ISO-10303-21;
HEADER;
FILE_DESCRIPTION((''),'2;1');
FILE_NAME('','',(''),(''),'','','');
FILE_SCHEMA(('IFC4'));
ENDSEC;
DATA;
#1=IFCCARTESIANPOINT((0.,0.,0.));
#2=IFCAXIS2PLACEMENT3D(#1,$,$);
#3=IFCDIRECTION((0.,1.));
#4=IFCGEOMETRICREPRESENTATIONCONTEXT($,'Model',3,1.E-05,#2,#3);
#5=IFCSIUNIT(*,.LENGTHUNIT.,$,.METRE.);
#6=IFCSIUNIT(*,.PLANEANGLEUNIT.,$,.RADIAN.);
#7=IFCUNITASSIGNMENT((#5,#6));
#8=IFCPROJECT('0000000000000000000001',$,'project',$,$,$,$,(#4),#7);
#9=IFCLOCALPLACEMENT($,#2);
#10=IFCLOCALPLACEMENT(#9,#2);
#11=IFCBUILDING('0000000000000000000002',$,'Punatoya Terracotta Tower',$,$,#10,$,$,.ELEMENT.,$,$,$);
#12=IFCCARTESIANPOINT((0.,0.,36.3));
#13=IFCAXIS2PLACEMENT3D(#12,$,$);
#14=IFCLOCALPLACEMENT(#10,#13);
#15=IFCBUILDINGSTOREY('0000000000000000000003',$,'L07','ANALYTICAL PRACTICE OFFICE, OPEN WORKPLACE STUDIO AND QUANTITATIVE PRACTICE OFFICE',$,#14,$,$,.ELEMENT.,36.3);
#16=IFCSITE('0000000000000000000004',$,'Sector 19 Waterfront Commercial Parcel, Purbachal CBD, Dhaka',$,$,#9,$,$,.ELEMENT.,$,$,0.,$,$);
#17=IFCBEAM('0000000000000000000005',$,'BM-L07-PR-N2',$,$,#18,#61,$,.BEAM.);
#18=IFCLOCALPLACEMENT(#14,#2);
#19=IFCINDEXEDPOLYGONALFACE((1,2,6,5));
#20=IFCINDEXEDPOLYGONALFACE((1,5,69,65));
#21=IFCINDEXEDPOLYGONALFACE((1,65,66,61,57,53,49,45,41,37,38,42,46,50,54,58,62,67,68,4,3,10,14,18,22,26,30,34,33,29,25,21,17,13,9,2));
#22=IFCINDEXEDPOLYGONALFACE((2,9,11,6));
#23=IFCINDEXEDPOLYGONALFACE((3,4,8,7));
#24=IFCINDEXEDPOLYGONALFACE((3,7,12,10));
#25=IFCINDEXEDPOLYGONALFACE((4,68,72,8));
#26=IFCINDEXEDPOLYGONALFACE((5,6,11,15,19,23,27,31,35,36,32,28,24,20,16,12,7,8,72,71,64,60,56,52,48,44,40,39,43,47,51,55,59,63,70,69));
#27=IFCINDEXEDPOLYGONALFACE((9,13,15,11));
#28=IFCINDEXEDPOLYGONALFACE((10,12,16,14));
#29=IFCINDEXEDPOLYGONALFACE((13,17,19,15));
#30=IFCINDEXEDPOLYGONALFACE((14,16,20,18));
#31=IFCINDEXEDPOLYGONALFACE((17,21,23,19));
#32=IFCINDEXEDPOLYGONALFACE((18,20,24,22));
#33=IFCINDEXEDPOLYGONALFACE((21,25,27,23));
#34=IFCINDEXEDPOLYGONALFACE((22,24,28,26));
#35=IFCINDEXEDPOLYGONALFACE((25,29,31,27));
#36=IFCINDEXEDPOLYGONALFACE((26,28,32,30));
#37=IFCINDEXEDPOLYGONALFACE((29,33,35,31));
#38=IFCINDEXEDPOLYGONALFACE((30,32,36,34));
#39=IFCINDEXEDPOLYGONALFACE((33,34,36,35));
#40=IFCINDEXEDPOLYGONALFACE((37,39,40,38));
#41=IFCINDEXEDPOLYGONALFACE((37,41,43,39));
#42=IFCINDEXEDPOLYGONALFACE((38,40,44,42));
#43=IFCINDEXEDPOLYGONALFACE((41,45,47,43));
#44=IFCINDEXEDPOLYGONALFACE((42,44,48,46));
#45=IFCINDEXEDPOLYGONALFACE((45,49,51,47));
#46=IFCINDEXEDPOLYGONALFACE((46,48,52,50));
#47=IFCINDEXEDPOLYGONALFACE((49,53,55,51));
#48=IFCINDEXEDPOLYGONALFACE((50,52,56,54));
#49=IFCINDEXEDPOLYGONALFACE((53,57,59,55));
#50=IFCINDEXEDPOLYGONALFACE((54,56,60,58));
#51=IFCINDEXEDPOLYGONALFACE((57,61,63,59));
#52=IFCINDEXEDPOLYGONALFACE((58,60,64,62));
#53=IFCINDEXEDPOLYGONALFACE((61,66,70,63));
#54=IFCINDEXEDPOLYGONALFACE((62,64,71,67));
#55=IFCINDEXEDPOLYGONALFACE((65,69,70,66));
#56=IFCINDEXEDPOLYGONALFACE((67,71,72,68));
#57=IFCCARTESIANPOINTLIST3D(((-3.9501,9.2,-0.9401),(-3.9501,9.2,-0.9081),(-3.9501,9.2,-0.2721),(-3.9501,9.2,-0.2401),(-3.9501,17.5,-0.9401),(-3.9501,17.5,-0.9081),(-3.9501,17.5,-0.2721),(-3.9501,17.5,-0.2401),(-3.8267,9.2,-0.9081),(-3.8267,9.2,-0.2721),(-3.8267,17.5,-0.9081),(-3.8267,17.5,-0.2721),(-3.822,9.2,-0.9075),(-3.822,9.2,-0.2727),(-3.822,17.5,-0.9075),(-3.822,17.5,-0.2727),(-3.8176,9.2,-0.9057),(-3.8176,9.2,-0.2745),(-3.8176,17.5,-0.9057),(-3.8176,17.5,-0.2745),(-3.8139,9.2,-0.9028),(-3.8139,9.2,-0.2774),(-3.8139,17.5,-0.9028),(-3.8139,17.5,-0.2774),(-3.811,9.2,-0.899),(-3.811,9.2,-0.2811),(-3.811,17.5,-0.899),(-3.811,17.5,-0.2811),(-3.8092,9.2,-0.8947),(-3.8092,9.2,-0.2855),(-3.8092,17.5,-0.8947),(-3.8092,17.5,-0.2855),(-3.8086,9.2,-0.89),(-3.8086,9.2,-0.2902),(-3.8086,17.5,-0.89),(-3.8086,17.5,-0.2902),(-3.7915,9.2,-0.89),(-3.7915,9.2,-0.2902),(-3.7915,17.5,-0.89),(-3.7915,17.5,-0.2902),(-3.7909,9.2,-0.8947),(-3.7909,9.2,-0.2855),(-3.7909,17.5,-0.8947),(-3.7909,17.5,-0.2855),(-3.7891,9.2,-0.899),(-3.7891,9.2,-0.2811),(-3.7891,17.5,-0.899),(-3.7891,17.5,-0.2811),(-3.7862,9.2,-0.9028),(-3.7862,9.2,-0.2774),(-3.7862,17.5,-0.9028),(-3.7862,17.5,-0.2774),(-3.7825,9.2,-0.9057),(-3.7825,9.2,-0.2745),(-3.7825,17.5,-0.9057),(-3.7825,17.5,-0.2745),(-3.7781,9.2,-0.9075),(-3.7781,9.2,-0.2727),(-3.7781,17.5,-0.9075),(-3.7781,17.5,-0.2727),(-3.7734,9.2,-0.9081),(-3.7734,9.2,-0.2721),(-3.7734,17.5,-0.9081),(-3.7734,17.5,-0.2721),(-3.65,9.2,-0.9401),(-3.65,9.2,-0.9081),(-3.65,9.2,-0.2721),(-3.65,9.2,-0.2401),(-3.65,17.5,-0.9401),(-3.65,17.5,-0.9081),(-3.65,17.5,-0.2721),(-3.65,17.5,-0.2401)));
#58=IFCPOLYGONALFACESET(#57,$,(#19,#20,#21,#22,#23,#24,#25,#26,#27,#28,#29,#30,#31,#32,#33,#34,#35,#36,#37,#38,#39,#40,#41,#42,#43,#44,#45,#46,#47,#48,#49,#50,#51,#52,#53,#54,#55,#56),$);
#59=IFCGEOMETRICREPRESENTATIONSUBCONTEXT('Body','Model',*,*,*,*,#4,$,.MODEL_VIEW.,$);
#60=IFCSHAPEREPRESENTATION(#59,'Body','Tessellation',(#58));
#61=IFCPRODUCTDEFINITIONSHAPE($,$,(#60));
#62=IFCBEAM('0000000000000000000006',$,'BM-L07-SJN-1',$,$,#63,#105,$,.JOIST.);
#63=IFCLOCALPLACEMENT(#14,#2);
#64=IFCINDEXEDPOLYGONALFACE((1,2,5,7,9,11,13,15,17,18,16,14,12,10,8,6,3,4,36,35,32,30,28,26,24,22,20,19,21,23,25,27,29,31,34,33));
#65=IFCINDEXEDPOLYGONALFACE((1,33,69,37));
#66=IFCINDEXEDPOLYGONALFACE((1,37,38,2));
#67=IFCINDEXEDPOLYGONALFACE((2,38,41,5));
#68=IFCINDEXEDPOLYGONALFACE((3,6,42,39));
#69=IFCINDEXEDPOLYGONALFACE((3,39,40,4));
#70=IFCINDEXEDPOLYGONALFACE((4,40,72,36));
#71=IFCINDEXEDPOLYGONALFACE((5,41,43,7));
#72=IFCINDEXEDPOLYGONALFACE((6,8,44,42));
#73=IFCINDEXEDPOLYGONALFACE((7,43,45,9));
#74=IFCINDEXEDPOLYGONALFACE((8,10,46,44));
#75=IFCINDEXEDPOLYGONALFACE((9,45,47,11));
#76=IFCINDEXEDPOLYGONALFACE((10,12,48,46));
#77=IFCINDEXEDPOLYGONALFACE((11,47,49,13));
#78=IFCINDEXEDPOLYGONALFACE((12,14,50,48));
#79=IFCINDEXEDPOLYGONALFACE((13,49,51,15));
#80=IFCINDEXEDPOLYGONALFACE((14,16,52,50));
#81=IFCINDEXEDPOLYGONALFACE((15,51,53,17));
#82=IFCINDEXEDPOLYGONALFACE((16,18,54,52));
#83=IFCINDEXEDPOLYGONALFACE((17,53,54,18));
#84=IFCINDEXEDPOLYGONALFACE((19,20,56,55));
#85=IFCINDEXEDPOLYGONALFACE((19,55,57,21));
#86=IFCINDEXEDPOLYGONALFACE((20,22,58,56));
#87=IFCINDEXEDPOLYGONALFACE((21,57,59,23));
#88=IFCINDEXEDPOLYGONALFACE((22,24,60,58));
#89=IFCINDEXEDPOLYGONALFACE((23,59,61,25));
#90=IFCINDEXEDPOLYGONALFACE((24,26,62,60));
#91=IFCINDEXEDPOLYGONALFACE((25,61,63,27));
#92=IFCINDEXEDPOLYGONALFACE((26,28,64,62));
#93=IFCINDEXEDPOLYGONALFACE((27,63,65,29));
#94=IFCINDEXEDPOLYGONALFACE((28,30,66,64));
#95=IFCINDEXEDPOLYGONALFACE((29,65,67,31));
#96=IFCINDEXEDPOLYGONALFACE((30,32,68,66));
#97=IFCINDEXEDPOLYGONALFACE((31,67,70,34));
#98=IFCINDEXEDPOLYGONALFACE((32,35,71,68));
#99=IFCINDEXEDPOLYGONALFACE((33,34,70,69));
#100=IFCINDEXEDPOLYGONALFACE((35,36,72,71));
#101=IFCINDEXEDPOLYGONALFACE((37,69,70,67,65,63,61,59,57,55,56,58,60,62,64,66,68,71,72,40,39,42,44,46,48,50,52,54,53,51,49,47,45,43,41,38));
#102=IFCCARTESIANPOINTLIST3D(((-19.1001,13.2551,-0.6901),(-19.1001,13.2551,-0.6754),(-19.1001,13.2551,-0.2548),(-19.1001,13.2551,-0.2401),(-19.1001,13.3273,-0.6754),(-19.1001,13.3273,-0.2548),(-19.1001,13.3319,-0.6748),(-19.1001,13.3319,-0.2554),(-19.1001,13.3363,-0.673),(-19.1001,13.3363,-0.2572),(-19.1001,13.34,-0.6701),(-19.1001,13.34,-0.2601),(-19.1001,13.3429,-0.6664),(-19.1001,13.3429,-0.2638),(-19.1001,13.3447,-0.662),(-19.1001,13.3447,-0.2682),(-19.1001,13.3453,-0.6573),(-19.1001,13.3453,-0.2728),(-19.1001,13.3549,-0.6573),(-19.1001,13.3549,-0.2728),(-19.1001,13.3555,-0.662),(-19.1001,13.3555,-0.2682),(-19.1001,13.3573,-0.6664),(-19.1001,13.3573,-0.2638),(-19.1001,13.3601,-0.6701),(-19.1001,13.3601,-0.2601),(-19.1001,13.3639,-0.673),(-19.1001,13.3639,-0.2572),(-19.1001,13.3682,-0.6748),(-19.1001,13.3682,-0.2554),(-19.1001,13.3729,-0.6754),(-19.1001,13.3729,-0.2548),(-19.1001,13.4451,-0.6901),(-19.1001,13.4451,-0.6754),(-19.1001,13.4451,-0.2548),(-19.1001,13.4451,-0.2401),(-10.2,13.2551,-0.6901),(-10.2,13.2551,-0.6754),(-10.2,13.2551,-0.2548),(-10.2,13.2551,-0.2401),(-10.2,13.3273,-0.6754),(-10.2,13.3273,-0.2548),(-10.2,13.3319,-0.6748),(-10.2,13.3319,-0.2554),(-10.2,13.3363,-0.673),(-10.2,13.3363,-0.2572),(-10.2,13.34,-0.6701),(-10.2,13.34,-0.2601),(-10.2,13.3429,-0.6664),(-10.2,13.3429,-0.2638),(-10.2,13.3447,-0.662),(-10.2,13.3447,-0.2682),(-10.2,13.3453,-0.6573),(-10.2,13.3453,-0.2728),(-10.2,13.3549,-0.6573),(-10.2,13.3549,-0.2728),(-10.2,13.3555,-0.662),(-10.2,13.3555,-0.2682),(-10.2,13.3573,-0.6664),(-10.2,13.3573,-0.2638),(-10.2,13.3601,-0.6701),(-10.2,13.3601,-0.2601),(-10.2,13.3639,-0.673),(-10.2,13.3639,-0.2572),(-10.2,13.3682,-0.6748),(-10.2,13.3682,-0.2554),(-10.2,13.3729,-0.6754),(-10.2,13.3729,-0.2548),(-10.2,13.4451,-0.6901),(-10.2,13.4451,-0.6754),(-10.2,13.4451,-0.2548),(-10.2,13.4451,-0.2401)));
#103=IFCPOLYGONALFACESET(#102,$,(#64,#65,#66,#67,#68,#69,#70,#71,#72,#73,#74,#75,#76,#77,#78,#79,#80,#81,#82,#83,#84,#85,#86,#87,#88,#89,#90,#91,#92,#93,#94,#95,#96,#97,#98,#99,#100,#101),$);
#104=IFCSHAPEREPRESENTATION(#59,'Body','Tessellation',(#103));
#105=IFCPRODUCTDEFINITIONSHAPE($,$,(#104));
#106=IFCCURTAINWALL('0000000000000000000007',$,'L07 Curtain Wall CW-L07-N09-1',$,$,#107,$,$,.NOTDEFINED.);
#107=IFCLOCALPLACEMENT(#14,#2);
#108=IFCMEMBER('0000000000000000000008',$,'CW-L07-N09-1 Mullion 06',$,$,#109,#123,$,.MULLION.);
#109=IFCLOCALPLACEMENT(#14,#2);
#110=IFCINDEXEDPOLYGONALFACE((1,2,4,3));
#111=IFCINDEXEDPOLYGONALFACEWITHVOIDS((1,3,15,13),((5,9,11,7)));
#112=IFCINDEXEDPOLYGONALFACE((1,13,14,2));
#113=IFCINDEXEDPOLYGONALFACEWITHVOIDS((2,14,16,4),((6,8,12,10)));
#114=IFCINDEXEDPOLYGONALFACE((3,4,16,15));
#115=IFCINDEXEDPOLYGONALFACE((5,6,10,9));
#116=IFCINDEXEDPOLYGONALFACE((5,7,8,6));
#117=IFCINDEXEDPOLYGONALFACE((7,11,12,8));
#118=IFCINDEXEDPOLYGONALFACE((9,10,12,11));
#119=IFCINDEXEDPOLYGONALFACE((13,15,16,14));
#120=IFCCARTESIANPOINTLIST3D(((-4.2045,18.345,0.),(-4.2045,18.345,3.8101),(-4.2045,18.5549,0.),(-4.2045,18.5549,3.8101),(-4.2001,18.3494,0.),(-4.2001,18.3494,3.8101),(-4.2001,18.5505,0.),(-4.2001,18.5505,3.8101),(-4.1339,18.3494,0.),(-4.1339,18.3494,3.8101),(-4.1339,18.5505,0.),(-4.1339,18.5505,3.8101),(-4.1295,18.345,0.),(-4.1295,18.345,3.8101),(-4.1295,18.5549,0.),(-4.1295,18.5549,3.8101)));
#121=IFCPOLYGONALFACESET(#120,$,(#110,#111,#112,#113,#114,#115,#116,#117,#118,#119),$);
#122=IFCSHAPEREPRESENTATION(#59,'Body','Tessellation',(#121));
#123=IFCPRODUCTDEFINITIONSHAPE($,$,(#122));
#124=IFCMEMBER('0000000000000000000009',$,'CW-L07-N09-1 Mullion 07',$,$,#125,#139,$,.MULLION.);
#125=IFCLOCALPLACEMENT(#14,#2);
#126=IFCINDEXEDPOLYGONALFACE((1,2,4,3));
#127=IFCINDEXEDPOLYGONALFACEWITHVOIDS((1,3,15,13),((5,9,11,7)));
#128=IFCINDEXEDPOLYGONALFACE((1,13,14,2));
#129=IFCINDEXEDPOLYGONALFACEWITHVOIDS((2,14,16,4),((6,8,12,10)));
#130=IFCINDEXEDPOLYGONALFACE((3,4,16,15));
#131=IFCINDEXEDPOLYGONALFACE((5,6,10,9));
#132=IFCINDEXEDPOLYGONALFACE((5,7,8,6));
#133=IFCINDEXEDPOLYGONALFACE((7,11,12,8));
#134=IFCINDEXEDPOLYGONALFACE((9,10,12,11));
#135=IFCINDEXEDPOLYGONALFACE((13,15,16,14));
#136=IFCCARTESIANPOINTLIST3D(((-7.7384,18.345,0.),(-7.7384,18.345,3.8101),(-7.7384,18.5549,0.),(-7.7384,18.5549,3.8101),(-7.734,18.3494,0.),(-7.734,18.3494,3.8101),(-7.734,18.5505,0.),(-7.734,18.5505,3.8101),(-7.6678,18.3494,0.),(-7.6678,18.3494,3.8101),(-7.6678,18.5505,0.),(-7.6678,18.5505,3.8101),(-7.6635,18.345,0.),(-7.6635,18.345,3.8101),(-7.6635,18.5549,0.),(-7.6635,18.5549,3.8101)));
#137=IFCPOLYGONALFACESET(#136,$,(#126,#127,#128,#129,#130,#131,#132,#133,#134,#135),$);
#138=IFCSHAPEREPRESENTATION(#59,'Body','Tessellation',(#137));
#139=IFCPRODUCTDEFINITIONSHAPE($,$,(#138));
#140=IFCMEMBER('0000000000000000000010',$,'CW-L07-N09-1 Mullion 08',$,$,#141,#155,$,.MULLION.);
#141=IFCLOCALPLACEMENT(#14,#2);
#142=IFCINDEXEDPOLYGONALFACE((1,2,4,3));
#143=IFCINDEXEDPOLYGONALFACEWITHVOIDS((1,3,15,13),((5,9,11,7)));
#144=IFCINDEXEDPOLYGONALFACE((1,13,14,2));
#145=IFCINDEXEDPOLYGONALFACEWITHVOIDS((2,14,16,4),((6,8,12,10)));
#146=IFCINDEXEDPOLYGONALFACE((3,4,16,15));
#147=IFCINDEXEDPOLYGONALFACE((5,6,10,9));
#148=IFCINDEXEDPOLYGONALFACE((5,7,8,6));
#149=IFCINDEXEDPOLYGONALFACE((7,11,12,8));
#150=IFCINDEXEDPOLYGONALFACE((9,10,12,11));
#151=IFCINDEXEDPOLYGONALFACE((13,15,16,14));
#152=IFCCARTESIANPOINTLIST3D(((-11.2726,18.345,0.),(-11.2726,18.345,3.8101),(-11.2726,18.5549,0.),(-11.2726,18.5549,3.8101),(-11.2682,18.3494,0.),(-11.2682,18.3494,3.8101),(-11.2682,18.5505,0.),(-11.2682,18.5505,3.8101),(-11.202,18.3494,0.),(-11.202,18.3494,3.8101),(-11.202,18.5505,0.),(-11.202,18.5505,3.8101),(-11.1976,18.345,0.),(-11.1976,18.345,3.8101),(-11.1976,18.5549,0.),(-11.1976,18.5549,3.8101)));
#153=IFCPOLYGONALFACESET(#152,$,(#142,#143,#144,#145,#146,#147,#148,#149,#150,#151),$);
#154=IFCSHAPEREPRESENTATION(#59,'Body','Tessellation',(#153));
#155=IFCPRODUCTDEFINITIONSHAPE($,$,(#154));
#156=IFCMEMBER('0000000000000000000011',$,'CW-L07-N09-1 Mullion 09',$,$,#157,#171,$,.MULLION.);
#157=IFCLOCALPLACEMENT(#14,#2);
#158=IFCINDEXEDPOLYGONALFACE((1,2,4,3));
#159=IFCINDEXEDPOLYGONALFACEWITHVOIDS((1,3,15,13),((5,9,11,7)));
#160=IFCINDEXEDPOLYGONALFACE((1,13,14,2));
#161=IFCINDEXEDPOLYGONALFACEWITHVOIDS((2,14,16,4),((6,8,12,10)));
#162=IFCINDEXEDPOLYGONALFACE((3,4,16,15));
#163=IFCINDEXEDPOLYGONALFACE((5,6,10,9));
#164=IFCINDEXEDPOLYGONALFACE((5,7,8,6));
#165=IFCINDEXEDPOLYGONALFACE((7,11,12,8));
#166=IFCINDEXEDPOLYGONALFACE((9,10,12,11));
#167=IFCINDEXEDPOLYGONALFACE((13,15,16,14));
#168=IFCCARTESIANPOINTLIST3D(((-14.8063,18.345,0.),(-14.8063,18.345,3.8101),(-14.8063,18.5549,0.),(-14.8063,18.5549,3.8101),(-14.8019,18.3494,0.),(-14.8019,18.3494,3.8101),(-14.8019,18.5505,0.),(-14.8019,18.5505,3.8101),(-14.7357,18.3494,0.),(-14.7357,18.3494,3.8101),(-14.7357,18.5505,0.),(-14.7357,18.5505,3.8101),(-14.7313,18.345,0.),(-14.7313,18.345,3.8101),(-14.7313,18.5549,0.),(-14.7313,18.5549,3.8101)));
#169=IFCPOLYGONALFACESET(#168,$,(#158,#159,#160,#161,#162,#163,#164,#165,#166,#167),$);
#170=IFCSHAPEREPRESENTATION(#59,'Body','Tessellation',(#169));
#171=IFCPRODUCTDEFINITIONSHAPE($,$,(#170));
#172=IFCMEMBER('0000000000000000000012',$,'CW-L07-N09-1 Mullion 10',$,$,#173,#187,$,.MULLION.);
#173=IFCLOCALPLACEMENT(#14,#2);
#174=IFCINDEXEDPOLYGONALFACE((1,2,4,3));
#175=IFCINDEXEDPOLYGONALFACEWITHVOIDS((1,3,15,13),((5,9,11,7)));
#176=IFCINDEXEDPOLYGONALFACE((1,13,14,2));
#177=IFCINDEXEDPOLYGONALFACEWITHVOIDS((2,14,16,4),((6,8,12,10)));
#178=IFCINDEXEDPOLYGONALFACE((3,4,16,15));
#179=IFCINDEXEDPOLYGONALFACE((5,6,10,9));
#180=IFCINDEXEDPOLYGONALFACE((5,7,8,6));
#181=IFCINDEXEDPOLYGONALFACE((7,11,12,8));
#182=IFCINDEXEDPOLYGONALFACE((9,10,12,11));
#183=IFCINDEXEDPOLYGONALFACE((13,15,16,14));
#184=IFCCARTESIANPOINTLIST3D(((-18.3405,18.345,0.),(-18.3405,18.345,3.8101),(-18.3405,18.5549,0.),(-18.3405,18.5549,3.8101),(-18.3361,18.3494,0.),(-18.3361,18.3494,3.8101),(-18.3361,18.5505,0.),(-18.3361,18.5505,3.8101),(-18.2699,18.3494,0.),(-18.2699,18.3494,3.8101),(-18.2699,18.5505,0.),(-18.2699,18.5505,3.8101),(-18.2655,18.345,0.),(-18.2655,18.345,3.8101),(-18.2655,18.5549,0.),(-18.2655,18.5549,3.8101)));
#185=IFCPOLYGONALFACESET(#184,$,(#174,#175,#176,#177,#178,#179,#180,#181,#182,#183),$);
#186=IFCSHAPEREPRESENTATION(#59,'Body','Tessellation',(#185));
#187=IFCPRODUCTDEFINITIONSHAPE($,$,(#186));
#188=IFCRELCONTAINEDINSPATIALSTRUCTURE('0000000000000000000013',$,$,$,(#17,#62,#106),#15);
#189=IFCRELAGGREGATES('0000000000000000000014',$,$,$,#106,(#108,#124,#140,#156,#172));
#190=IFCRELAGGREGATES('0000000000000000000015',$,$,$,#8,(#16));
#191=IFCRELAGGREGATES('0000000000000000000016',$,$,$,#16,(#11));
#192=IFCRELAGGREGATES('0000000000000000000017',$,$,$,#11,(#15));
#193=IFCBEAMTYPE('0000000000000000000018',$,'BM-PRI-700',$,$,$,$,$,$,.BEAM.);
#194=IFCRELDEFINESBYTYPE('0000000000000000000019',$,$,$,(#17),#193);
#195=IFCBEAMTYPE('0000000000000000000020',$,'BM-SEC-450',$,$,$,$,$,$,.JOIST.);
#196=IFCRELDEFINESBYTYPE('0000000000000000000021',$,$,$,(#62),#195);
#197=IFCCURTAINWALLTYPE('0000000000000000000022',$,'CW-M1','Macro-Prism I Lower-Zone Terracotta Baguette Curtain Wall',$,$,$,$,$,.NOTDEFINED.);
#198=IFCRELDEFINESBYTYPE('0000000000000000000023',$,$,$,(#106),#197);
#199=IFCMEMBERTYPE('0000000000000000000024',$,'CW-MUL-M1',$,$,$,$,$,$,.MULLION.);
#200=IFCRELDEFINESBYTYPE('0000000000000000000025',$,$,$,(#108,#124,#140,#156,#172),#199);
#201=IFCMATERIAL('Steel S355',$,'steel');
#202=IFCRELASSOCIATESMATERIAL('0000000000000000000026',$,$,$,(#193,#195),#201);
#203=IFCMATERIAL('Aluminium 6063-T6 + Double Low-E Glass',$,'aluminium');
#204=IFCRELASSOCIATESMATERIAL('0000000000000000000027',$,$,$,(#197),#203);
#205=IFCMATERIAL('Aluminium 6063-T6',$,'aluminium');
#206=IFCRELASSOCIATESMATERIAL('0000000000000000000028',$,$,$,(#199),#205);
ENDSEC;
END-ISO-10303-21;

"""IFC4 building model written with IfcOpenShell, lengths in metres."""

from ifc_helpers import new_model, si_unit, direction, frame, origin, origin_2d, place, context, subcontext, project, spatial, hollow_rectangle, i_section, extrude, material, material_profile, profile_set, type_object, element, aggregate, save


model = new_model("IFC4")

# Units and contexts
model_context = context("Model", 3, precision=1e-05, world=origin(), true_north=direction((0.0, 1.0)))
body_context = subcontext(model_context, "Body", "Model", "MODEL_VIEW")
ifc_project = project(units=[si_unit("LENGTHUNIT", "METRE"), si_unit("PLANEANGLEUNIT", "RADIAN")], contexts=[model_context])

# Site, building, storey
site_placement = place(None, origin())
site = spatial("IfcSite", under=ifc_project, at=site_placement, Name="Sector 19 Waterfront Commercial Parcel, Purbachal CBD, Dhaka", CompositionType="ELEMENT", RefElevation=0.0)
building_placement = place(site_placement, origin())
building = spatial("IfcBuilding", under=site, at=building_placement, Name="Punatoya Terracotta Tower", CompositionType="ELEMENT")
storey_placement = place(building_placement, frame((0.0, 0.0, 36.3)))
storey = spatial("IfcBuildingStorey", under=building, at=storey_placement, Name="L07", Description="ANALYTICAL PRACTICE OFFICE, OPEN WORKPLACE STUDIO AND QUANTITATIVE PRACTICE OFFICE", CompositionType="ELEMENT", Elevation=36.3)

# Beams
ifc_material_1 = material(Name="Steel S355", Category="steel")
ifc_material_profile_1 = material_profile(ifc_material_1, i_section(OverallWidth=0.3, OverallDepth=0.7, WebThickness=0.0171, FlangeThickness=0.032, FilletRadius=0.0181, at=origin_2d()))
ifc_profile_set_1 = profile_set([ifc_material_profile_1], Name="Steel S355")
beam_type_1 = type_object("IfcBeamType", Name="BM-PRI-700", PredefinedType="BEAM", material=ifc_profile_set_1)
for number, where, z_axis, x_axis, name in (
    (1, (-3.8, 9.2, -0.5901), (0.0, 1.0, 0.0), (-1.0, 0.0, 0.0), "BM-L07-PR-N2"),
):
    element("IfcBeam", number, at=place(storey_placement, frame(where, z_axis=z_axis, x_axis=x_axis)), inside=storey, type_object=beam_type_1, Name=name, PredefinedType="BEAM", context=body_context, shape_type="SweptSolid", body=[
        extrude(i_section(OverallWidth=0.3, OverallDepth=0.7, WebThickness=0.0171, FlangeThickness=0.032, FilletRadius=0.0181, at=origin_2d()), origin(), (0.0, 0.0, 1.0), 8.3),
    ])
ifc_material_profile_2 = material_profile(ifc_material_1, i_section(OverallWidth=0.1899, OverallDepth=0.45, WebThickness=0.0095, FlangeThickness=0.0146, FilletRadius=0.0181, at=origin_2d()))
ifc_profile_set_2 = profile_set([ifc_material_profile_2], Name="Steel S355")
beam_type_2 = type_object("IfcBeamType", Name="BM-SEC-450", PredefinedType="JOIST", material=ifc_profile_set_2)
beam_1_placement = place(storey_placement, frame((-19.1001, 13.3501, -0.4651), z_axis=(1.0, 0.0, 0.0), x_axis=(0.0, 1.0, 0.0)))
element("IfcBeam", 2, at=beam_1_placement, inside=storey, type_object=beam_type_2, Name="BM-L07-SJN-1", PredefinedType="JOIST", context=body_context, shape_type="SweptSolid", body=[
    extrude(i_section(OverallWidth=0.1899, OverallDepth=0.45, WebThickness=0.0095, FlangeThickness=0.0146, FilletRadius=0.0181, at=origin_2d()), origin(), (0.0, 0.0, 1.0), 8.9001),
])

# Curtain wall, members
ifc_material_2 = material(Name="Aluminium 6063-T6 + Double Low-E Glass", Category="aluminium")
curtain_wall_type = type_object("IfcCurtainWallType", Name="CW-M1", Description="Macro-Prism I Lower-Zone Terracotta Baguette Curtain Wall", PredefinedType="NOTDEFINED", material=ifc_material_2)
curtain_wall_placement = place(storey_placement, origin())
curtain_wall = element("IfcCurtainWall", 3, at=curtain_wall_placement, inside=storey, type_object=curtain_wall_type, Name="L07 Curtain Wall CW-L07-N09-1", PredefinedType="NOTDEFINED")
ifc_material_3 = material(Name="Aluminium 6063-T6", Category="aluminium")
ifc_material_profile_3 = material_profile(ifc_material_3, hollow_rectangle(XDim=0.075, YDim=0.21, WallThickness=0.0044, at=origin_2d()))
ifc_profile_set_3 = profile_set([ifc_material_profile_3], Name="Aluminium 6063-T6")
member_type = type_object("IfcMemberType", Name="CW-MUL-M1", PredefinedType="MULLION", material=ifc_profile_set_3)
member_1_placement = place(storey_placement, frame((-4.167, 18.45, 0.0), z_axis=(0.0, 0.0, 1.0), x_axis=(1.0, 0.0, 0.0)))
member_1 = element("IfcMember", 4, at=member_1_placement, type_object=member_type, Name="CW-L07-N09-1 Mullion 06", PredefinedType="MULLION", context=body_context, shape_type="SweptSolid", body=[
    extrude(hollow_rectangle(XDim=0.075, YDim=0.21, WallThickness=0.0044, at=origin_2d()), origin(), (0.0, 0.0, 1.0), 3.8101),
])
member_2_placement = place(storey_placement, frame((-7.7009, 18.45, 0.0), z_axis=(0.0, 0.0, 1.0), x_axis=(1.0, 0.0, 0.0)))
member_2 = element("IfcMember", 5, at=member_2_placement, type_object=member_type, Name="CW-L07-N09-1 Mullion 07", PredefinedType="MULLION", context=body_context, shape_type="SweptSolid", body=[
    extrude(hollow_rectangle(XDim=0.075, YDim=0.21, WallThickness=0.0044, at=origin_2d()), origin(), (0.0, 0.0, 1.0), 3.8101),
])
member_3_placement = place(storey_placement, frame((-11.2351, 18.45, 0.0), z_axis=(0.0, 0.0, 1.0), x_axis=(1.0, 0.0, 0.0)))
member_3 = element("IfcMember", 6, at=member_3_placement, type_object=member_type, Name="CW-L07-N09-1 Mullion 08", PredefinedType="MULLION", context=body_context, shape_type="SweptSolid", body=[
    extrude(hollow_rectangle(XDim=0.075, YDim=0.21, WallThickness=0.0044, at=origin_2d()), origin(), (0.0, 0.0, 1.0), 3.8101),
])
member_4_placement = place(storey_placement, frame((-14.7688, 18.45, 0.0), z_axis=(0.0, 0.0, 1.0), x_axis=(1.0, 0.0, 0.0)))
member_4 = element("IfcMember", 7, at=member_4_placement, type_object=member_type, Name="CW-L07-N09-1 Mullion 09", PredefinedType="MULLION", context=body_context, shape_type="SweptSolid", body=[
    extrude(hollow_rectangle(XDim=0.075, YDim=0.21, WallThickness=0.0044, at=origin_2d()), origin(), (0.0, 0.0, 1.0), 3.8101),
])
member_5_placement = place(storey_placement, frame((-18.303, 18.45, 0.0), z_axis=(0.0, 0.0, 1.0), x_axis=(1.0, 0.0, 0.0)))
member_5 = element("IfcMember", 8, at=member_5_placement, type_object=member_type, Name="CW-L07-N09-1 Mullion 10", PredefinedType="MULLION", context=body_context, shape_type="SweptSolid", body=[
    extrude(hollow_rectangle(XDim=0.075, YDim=0.21, WallThickness=0.0044, at=origin_2d()), origin(), (0.0, 0.0, 1.0), 3.8101),
])
aggregate(curtain_wall, [member_1, member_2, member_3, member_4, member_5])

save(model, "model.ifc")
